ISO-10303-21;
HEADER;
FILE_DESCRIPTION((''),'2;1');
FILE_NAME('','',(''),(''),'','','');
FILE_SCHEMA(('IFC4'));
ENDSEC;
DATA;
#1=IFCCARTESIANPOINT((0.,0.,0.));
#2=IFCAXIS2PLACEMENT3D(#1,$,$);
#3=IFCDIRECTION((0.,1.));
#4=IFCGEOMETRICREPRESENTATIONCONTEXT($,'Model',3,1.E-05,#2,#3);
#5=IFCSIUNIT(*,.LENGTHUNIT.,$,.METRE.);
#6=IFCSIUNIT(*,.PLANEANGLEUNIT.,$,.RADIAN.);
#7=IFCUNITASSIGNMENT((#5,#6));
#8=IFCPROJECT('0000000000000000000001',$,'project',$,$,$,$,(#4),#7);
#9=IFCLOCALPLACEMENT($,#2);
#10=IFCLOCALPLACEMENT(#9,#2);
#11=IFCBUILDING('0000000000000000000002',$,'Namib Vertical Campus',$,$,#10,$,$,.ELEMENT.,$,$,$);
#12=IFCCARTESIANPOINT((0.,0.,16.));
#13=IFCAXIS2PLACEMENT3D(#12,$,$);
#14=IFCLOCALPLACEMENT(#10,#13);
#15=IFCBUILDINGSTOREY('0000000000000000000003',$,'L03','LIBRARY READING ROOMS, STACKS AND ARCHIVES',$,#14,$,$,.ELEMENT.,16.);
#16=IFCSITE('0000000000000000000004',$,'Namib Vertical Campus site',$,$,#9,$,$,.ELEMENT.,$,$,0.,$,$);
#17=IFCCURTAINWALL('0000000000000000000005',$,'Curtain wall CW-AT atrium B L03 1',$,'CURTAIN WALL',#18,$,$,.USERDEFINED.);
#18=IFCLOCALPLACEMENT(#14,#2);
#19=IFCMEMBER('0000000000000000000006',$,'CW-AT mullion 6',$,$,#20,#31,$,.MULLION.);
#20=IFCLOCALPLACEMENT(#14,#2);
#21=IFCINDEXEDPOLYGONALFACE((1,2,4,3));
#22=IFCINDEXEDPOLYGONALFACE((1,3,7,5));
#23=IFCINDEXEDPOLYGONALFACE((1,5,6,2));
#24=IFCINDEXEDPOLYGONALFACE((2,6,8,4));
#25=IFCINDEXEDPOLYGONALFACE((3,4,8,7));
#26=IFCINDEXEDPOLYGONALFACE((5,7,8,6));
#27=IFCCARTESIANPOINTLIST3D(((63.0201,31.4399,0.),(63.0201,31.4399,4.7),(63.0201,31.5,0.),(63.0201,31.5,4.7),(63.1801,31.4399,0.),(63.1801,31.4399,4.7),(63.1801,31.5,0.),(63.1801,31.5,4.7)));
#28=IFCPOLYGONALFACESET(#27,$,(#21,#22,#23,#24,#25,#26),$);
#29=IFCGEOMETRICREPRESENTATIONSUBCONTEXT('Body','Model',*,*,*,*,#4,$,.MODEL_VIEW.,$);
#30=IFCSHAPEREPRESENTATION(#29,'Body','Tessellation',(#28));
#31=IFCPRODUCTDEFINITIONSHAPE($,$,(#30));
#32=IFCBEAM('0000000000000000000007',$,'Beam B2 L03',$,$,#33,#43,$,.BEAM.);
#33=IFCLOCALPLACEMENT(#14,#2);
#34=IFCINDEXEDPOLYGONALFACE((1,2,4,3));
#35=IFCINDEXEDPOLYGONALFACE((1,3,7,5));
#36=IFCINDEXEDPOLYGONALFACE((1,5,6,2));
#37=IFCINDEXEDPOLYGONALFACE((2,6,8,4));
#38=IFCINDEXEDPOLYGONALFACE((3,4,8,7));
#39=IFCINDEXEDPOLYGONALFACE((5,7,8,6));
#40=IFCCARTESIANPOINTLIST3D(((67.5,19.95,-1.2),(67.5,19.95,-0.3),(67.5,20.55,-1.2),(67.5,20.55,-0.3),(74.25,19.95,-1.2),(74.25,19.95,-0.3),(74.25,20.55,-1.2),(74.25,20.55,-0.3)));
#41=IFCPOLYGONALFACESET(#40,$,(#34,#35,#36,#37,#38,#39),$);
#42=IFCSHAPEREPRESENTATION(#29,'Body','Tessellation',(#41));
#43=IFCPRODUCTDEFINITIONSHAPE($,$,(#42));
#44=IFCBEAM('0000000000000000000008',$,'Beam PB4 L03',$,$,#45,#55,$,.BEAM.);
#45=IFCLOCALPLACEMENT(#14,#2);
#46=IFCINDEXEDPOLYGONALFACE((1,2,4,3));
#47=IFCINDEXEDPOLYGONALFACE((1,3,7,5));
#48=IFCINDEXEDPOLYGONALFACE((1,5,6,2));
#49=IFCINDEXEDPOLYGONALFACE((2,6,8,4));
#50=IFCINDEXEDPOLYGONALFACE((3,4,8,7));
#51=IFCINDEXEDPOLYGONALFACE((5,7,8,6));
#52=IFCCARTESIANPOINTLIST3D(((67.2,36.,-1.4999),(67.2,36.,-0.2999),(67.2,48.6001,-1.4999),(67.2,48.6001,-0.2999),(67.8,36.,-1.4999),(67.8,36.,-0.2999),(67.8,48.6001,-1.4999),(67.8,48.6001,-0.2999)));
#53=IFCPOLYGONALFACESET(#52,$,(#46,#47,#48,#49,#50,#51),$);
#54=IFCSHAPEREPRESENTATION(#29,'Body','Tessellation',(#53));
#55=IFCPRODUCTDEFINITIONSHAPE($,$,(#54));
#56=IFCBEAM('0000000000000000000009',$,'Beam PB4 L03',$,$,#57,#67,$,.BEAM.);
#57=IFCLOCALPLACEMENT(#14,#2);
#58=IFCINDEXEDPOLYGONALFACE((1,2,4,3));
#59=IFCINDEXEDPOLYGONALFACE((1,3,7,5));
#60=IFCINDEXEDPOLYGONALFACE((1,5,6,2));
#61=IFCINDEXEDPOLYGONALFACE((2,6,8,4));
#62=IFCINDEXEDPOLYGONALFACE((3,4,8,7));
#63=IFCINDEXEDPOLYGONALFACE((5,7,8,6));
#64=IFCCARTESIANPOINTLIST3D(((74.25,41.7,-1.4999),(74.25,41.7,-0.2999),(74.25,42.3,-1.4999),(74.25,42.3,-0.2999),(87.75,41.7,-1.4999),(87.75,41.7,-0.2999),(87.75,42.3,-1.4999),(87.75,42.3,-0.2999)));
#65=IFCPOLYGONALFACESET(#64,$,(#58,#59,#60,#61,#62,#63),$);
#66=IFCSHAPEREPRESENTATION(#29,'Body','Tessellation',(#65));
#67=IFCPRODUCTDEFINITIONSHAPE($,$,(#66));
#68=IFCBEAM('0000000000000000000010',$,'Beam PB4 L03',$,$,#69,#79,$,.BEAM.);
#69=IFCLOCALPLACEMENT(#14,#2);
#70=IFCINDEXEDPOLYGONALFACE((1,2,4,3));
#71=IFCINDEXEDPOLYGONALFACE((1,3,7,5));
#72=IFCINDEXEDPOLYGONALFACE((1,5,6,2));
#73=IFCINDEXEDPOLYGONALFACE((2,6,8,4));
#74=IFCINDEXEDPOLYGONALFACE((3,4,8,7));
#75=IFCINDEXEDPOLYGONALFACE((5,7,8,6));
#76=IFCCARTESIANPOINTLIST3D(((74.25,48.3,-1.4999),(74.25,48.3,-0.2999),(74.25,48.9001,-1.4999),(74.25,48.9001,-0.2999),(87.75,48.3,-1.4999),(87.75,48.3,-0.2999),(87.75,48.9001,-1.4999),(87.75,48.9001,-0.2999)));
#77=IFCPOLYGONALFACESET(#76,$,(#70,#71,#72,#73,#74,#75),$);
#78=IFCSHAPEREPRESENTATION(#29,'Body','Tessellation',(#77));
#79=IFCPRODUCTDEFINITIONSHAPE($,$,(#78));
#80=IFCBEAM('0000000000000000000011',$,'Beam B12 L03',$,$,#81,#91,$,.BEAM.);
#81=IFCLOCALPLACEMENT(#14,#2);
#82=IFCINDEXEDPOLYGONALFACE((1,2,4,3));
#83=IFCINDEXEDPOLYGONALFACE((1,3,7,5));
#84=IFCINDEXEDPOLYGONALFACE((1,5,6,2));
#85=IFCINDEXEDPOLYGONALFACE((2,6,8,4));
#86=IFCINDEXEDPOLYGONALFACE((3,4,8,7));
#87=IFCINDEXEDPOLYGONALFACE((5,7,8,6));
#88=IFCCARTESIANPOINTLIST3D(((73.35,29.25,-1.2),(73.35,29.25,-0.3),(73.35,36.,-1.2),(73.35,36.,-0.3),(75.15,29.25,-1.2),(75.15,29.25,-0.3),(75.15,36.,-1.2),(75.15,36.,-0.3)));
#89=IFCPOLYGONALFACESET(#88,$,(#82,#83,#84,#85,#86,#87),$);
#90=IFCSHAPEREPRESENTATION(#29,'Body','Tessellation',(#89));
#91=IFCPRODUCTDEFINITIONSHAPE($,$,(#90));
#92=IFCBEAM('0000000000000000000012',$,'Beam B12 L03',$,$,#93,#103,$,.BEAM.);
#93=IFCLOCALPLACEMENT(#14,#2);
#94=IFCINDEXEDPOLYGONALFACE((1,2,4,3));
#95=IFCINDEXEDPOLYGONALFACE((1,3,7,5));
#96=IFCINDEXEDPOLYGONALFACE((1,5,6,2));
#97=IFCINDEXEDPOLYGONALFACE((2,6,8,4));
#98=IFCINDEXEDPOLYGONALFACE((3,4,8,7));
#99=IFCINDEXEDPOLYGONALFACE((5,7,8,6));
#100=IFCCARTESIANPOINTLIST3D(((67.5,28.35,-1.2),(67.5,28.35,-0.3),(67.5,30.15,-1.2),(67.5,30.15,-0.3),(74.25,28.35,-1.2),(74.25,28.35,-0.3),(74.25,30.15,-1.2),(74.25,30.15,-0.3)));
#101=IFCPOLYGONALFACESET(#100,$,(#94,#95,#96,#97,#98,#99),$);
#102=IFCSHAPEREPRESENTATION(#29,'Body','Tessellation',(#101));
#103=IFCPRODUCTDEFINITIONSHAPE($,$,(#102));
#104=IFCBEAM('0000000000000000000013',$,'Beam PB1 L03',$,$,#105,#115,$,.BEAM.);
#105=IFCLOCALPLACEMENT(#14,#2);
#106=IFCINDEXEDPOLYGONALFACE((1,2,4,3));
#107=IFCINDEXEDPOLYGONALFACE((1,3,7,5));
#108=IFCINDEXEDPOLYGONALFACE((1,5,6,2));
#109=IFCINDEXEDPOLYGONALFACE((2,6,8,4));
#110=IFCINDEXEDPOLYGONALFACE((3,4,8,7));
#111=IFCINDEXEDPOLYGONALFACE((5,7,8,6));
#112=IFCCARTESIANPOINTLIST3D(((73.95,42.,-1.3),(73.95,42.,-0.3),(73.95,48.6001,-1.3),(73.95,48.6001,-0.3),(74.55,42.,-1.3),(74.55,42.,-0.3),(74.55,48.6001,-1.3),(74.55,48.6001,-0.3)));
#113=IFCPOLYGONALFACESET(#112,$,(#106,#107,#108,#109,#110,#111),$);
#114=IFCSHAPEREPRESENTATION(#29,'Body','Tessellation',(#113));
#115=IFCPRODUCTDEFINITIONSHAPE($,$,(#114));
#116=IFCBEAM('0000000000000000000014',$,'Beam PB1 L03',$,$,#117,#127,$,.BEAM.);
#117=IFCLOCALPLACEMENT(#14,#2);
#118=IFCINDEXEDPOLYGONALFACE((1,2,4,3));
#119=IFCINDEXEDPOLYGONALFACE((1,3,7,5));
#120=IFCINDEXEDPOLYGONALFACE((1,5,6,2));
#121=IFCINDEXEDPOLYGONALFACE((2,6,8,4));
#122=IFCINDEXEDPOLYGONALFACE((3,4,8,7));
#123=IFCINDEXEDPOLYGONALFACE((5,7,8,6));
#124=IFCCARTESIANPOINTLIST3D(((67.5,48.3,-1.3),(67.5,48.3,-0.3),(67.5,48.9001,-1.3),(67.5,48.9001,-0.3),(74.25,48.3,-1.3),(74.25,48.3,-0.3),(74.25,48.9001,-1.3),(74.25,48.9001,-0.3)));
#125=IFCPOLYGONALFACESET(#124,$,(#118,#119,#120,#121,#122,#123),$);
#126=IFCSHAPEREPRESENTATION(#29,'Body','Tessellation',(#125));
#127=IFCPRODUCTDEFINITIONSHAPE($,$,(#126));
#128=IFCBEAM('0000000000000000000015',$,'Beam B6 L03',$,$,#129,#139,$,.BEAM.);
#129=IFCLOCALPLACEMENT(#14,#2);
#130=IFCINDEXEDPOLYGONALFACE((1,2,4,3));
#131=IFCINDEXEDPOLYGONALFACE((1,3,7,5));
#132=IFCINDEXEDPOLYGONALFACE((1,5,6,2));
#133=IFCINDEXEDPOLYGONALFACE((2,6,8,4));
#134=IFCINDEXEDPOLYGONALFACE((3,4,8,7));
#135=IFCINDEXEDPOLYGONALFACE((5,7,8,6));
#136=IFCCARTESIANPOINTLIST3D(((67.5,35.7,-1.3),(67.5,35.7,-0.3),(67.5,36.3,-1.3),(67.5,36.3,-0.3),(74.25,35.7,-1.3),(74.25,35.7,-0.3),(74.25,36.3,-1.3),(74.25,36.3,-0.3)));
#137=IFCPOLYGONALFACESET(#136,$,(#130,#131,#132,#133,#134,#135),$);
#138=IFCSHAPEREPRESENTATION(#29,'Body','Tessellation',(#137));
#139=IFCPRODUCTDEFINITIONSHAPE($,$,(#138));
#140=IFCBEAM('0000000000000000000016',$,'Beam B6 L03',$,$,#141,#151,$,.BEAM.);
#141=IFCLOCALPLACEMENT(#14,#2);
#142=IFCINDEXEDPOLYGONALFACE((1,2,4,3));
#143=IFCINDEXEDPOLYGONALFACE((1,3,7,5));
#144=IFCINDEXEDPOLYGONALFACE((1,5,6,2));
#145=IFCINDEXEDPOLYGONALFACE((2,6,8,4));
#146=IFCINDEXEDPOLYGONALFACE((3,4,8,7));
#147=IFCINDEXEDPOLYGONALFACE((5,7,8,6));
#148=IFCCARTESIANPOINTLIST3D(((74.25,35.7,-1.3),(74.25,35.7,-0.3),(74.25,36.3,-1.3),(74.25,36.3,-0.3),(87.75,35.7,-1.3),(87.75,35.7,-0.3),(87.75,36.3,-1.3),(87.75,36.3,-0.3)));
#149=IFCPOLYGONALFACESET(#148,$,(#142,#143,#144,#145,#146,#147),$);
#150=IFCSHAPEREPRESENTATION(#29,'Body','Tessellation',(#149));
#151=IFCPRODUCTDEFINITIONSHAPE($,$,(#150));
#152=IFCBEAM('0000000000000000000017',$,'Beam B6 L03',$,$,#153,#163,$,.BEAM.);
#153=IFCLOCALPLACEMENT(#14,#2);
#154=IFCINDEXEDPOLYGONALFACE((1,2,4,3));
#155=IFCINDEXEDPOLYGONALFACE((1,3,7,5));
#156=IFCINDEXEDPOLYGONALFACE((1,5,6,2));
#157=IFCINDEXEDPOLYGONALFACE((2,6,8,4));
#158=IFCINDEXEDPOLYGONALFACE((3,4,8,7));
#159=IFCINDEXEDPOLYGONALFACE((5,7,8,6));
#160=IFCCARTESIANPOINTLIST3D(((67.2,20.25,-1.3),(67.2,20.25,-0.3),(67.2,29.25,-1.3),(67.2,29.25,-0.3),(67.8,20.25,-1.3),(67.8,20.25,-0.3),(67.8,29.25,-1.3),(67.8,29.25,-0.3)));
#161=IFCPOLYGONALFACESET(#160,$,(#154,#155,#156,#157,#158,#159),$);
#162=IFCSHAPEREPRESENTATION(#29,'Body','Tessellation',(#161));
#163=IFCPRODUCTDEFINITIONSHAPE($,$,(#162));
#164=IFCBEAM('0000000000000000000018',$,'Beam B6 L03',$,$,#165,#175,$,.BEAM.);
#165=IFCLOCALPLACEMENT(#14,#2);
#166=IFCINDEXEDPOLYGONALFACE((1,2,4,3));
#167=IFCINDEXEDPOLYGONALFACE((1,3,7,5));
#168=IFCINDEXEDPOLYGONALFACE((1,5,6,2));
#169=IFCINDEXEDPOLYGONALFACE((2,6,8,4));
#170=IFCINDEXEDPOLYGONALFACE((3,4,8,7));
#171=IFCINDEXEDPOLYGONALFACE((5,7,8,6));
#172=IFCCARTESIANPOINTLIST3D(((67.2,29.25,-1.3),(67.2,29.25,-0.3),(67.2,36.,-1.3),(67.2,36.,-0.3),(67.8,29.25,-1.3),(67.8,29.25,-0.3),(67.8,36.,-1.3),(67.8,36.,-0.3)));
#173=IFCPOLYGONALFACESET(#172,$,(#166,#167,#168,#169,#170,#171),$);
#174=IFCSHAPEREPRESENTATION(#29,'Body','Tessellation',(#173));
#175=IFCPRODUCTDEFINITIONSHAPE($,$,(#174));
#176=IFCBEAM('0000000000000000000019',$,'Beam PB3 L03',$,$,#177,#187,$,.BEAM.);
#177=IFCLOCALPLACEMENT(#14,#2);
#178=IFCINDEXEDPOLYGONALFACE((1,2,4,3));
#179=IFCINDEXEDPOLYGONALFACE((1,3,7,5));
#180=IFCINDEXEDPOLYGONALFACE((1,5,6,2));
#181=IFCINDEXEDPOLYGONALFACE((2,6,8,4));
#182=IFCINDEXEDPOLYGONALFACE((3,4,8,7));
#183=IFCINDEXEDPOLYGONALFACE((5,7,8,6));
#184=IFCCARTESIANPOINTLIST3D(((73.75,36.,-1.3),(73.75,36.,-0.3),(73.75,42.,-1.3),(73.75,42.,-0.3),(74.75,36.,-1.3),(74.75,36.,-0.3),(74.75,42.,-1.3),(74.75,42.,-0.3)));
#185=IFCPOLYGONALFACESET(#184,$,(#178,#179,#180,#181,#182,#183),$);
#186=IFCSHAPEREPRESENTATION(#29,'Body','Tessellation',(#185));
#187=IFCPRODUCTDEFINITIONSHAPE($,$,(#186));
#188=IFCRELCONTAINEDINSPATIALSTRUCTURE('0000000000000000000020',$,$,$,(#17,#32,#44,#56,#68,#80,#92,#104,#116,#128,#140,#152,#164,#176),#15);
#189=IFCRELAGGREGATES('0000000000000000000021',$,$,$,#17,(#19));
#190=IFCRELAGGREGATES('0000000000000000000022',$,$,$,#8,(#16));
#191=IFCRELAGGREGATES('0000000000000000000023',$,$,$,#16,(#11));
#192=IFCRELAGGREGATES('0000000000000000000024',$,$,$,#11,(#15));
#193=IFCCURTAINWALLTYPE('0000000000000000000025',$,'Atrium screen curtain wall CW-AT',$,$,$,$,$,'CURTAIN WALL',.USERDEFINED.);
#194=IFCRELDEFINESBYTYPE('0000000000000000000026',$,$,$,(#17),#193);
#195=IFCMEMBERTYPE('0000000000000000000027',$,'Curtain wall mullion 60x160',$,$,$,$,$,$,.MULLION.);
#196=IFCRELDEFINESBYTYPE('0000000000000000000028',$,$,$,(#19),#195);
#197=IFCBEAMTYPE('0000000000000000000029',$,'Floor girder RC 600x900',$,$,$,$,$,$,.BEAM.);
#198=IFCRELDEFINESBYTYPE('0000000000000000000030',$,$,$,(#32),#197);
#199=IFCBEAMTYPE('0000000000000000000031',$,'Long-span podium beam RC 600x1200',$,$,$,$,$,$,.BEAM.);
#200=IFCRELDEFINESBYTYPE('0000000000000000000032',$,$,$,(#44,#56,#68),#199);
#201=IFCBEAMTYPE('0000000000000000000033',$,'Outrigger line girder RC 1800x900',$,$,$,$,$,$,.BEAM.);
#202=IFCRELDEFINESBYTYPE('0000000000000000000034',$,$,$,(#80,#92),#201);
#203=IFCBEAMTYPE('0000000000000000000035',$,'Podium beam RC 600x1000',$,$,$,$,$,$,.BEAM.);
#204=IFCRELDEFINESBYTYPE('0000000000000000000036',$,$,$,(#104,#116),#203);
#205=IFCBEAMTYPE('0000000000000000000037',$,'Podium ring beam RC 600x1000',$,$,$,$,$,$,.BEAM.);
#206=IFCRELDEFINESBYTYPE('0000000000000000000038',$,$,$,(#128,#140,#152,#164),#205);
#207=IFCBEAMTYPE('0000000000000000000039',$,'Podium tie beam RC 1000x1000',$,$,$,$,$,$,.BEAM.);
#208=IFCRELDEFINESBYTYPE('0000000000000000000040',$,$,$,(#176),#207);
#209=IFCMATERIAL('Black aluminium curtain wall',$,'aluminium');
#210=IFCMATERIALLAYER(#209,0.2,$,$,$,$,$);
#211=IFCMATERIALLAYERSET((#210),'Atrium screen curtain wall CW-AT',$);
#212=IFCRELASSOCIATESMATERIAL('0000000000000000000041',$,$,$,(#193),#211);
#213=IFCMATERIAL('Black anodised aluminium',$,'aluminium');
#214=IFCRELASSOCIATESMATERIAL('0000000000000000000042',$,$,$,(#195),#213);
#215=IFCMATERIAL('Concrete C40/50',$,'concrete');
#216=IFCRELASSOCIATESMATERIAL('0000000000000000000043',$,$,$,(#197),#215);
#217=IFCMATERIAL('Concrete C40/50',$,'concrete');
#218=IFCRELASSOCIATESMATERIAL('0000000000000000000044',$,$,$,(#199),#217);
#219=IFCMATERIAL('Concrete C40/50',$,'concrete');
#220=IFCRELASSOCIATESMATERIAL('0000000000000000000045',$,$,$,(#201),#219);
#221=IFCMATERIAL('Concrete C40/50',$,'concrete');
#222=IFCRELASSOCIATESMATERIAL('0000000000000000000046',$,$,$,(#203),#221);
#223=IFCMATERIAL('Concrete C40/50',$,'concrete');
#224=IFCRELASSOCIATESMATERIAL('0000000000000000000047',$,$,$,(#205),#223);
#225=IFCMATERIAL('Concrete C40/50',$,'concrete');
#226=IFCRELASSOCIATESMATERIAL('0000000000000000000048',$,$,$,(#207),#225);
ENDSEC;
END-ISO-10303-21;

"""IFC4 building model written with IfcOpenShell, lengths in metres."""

from ifc_helpers import new_model, si_unit, direction, frame, origin, origin_2d, place, context, subcontext, project, spatial, rectangle, extrude, material, layer, layer_set, material_profile, profile_set, type_object, element, aggregate, save


model = new_model("IFC4")

# Units and contexts
model_context = context("Model", 3, precision=1e-05, world=origin(), true_north=direction((0.0, 1.0)))
body_context = subcontext(model_context, "Body", "Model", "MODEL_VIEW")
ifc_project = project(units=[si_unit("LENGTHUNIT", "METRE"), si_unit("PLANEANGLEUNIT", "RADIAN")], contexts=[model_context])

# Site, building, storey
site_placement = place(None, origin())
site = spatial("IfcSite", under=ifc_project, at=site_placement, Name="Namib Vertical Campus site", CompositionType="ELEMENT", RefElevation=0.0)
building_placement = place(site_placement, origin())
building = spatial("IfcBuilding", under=site, at=building_placement, Name="Namib Vertical Campus", CompositionType="ELEMENT")
storey_placement = place(building_placement, frame((0.0, 0.0, 16.0)))
storey = spatial("IfcBuildingStorey", under=building, at=storey_placement, Name="L03", Description="LIBRARY READING ROOMS, STACKS AND ARCHIVES", CompositionType="ELEMENT", Elevation=16.0)

# Curtain wall, member
ifc_material_1 = material(Name="Black aluminium curtain wall", Category="aluminium")
ifc_layer_1 = layer(ifc_material_1, 0.2)
ifc_layer_set_1 = layer_set([ifc_layer_1], Name="Atrium screen curtain wall CW-AT")
curtain_wall_type = type_object("IfcCurtainWallType", Name="Atrium screen curtain wall CW-AT", ElementType="CURTAIN WALL", PredefinedType="USERDEFINED", material=ifc_layer_set_1)
curtain_wall_placement = place(storey_placement, origin())
curtain_wall = element("IfcCurtainWall", 1, at=curtain_wall_placement, inside=storey, type_object=curtain_wall_type, Name="Curtain wall CW-AT atrium B L03 1", ObjectType="CURTAIN WALL", PredefinedType="USERDEFINED")
ifc_material_2 = material(Name="Black anodised aluminium", Category="aluminium")
ifc_material_profile_1 = material_profile(ifc_material_2, rectangle(XDim=0.0601, YDim=0.1599, at=origin_2d()))
ifc_profile_set_1 = profile_set([ifc_material_profile_1], Name="Black anodised aluminium")
member_type = type_object("IfcMemberType", Name="Curtain wall mullion 60x160", PredefinedType="MULLION", material=ifc_profile_set_1)
member_placement = place(storey_placement, frame((63.1001, 31.47, 0.0), z_axis=(0.0, 0.0, 1.0), x_axis=(0.0, 1.0, 0.0)))
member = element("IfcMember", 2, at=member_placement, type_object=member_type, Name="CW-AT mullion 6", PredefinedType="MULLION", context=body_context, shape_type="SweptSolid", body=[
    extrude(rectangle(XDim=0.0601, YDim=0.1599, at=origin_2d()), origin(), (0.0, 0.0, 1.0), 4.7),
])

# Beams
ifc_material_3 = material(Name="Concrete C40/50", Category="concrete")
ifc_material_profile_2 = material_profile(ifc_material_3, rectangle(XDim=0.6001, YDim=0.8999, at=origin_2d()))
ifc_profile_set_2 = profile_set([ifc_material_profile_2], Name="Concrete C40/50")
beam_type_1 = type_object("IfcBeamType", Name="Floor girder RC 600x900", PredefinedType="BEAM", material=ifc_profile_set_2)
beam_1_placement = place(storey_placement, frame((67.5, 20.25, -0.75), z_axis=(1.0, 0.0, 0.0), x_axis=(0.0, 1.0, 0.0)))
element("IfcBeam", 3, at=beam_1_placement, inside=storey, type_object=beam_type_1, Name="Beam B2 L03", PredefinedType="BEAM", context=body_context, shape_type="SweptSolid", body=[
    extrude(rectangle(XDim=0.6001, YDim=0.8999, at=origin_2d()), origin(), (0.0, 0.0, 1.0), 6.75),
])
ifc_material_4 = material(Name="Concrete C40/50", Category="concrete")
ifc_material_profile_3 = material_profile(ifc_material_4, rectangle(XDim=0.6001, YDim=1.2, at=origin_2d()))
ifc_profile_set_3 = profile_set([ifc_material_profile_3], Name="Concrete C40/50")
beam_type_2 = type_object("IfcBeamType", Name="Long-span podium beam RC 600x1200", PredefinedType="BEAM", material=ifc_profile_set_3)
beam_2_placement = place(storey_placement, frame((67.5, 36.0, -0.8999), z_axis=(0.0, 1.0, 0.0), x_axis=(-1.0, 0.0, 0.0)))
element("IfcBeam", 4, at=beam_2_placement, inside=storey, type_object=beam_type_2, Name="Beam PB4 L03", PredefinedType="BEAM", context=body_context, shape_type="SweptSolid", body=[
    extrude(rectangle(XDim=0.6001, YDim=1.2, at=origin_2d()), origin(), (0.0, 0.0, 1.0), 12.6001),
])
for number, where, z_axis, x_axis, name in (
    (5, (74.25, 42.0, -0.8999), (1.0, 0.0, 0.0), (0.0, 1.0, 0.0), "Beam PB4 L03"),
    (6, (74.25, 48.6001, -0.8999), (1.0, 0.0, 0.0), (0.0, 1.0, 0.0), "Beam PB4 L03"),
):
    element("IfcBeam", number, at=place(storey_placement, frame(where, z_axis=z_axis, x_axis=x_axis)), inside=storey, type_object=beam_type_2, Name=name, PredefinedType="BEAM", context=body_context, shape_type="SweptSolid", body=[
        extrude(rectangle(XDim=0.6001, YDim=1.2, at=origin_2d()), origin(), (0.0, 0.0, 1.0), 13.5),
    ])
ifc_material_5 = material(Name="Concrete C40/50", Category="concrete")
ifc_material_profile_4 = material_profile(ifc_material_5, rectangle(XDim=1.8, YDim=0.8999, at=origin_2d()))
ifc_profile_set_4 = profile_set([ifc_material_profile_4], Name="Concrete C40/50")
beam_type_3 = type_object("IfcBeamType", Name="Outrigger line girder RC 1800x900", PredefinedType="BEAM", material=ifc_profile_set_4)
for number, where, z_axis, x_axis, name in (
    (7, (74.25, 36.0, -0.75), (0.0, -1.0, 0.0), (1.0, 0.0, 0.0), "Beam B12 L03"),
    (8, (67.5, 29.25, -0.75), (1.0, 0.0, 0.0), (0.0, 1.0, 0.0), "Beam B12 L03"),
):
    element("IfcBeam", number, at=place(storey_placement, frame(where, z_axis=z_axis, x_axis=x_axis)), inside=storey, type_object=beam_type_3, Name=name, PredefinedType="BEAM", context=body_context, shape_type="SweptSolid", body=[
        extrude(rectangle(XDim=1.8, YDim=0.8999, at=origin_2d()), origin(), (0.0, 0.0, 1.0), 6.75),
    ])
ifc_material_6 = material(Name="Concrete C40/50", Category="concrete")
ifc_material_profile_5 = material_profile(ifc_material_6, rectangle(XDim=0.6001, YDim=1.0, at=origin_2d()))
ifc_profile_set_5 = profile_set([ifc_material_profile_5], Name="Concrete C40/50")
beam_type_4 = type_object("IfcBeamType", Name="Podium beam RC 600x1000", PredefinedType="BEAM", material=ifc_profile_set_5)
beam_3_placement = place(storey_placement, frame((74.25, 42.0, -0.8), z_axis=(0.0, 1.0, 0.0), x_axis=(-1.0, 0.0, 0.0)))
element("IfcBeam", 9, at=beam_3_placement, inside=storey, type_object=beam_type_4, Name="Beam PB1 L03", PredefinedType="BEAM", context=body_context, shape_type="SweptSolid", body=[
    extrude(rectangle(XDim=0.6001, YDim=1.0, at=origin_2d()), origin(), (0.0, 0.0, 1.0), 6.6001),
])
beam_4_placement = place(storey_placement, frame((67.5, 48.6001, -0.8), z_axis=(1.0, 0.0, 0.0), x_axis=(0.0, 1.0, 0.0)))
element("IfcBeam", 10, at=beam_4_placement, inside=storey, type_object=beam_type_4, Name="Beam PB1 L03", PredefinedType="BEAM", context=body_context, shape_type="SweptSolid", body=[
    extrude(rectangle(XDim=0.6001, YDim=1.0, at=origin_2d()), origin(), (0.0, 0.0, 1.0), 6.75),
])
ifc_material_7 = material(Name="Concrete C40/50", Category="concrete")
ifc_material_profile_6 = material_profile(ifc_material_7, rectangle(XDim=0.6001, YDim=1.0, at=origin_2d()))
ifc_profile_set_6 = profile_set([ifc_material_profile_6], Name="Concrete C40/50")
beam_type_5 = type_object("IfcBeamType", Name="Podium ring beam RC 600x1000", PredefinedType="BEAM", material=ifc_profile_set_6)
beam_5_placement = place(storey_placement, frame((67.5, 36.0, -0.8), z_axis=(1.0, 0.0, 0.0), x_axis=(0.0, 1.0, 0.0)))
element("IfcBeam", 11, at=beam_5_placement, inside=storey, type_object=beam_type_5, Name="Beam B6 L03", PredefinedType="BEAM", context=body_context, shape_type="SweptSolid", body=[
    extrude(rectangle(XDim=0.6001, YDim=1.0, at=origin_2d()), origin(), (0.0, 0.0, 1.0), 6.75),
])
beam_6_placement = place(storey_placement, frame((74.25, 36.0, -0.8), z_axis=(1.0, 0.0, 0.0), x_axis=(0.0, 1.0, 0.0)))
element("IfcBeam", 12, at=beam_6_placement, inside=storey, type_object=beam_type_5, Name="Beam B6 L03", PredefinedType="BEAM", context=body_context, shape_type="SweptSolid", body=[
    extrude(rectangle(XDim=0.6001, YDim=1.0, at=origin_2d()), origin(), (0.0, 0.0, 1.0), 13.5),
])
beam_7_placement = place(storey_placement, frame((67.5, 20.25, -0.8), z_axis=(0.0, 1.0, 0.0), x_axis=(-1.0, 0.0, 0.0)))
element("IfcBeam", 13, at=beam_7_placement, inside=storey, type_object=beam_type_5, Name="Beam B6 L03", PredefinedType="BEAM", context=body_context, shape_type="SweptSolid", body=[
    extrude(rectangle(XDim=0.6001, YDim=1.0, at=origin_2d()), origin(), (0.0, 0.0, 1.0), 9.0),
])
beam_8_placement = place(storey_placement, frame((67.5, 29.25, -0.8), z_axis=(0.0, 1.0, 0.0), x_axis=(-1.0, 0.0, 0.0)))
element("IfcBeam", 14, at=beam_8_placement, inside=storey, type_object=beam_type_5, Name="Beam B6 L03", PredefinedType="BEAM", context=body_context, shape_type="SweptSolid", body=[
    extrude(rectangle(XDim=0.6001, YDim=1.0, at=origin_2d()), origin(), (0.0, 0.0, 1.0), 6.75),
])
ifc_material_8 = material(Name="Concrete C40/50", Category="concrete")
ifc_material_profile_7 = material_profile(ifc_material_8, rectangle(XDim=1.0, YDim=1.0, at=origin_2d()))
ifc_profile_set_7 = profile_set([ifc_material_profile_7], Name="Concrete C40/50")
beam_type_6 = type_object("IfcBeamType", Name="Podium tie beam RC 1000x1000", PredefinedType="BEAM", material=ifc_profile_set_7)
beam_9_placement = place(storey_placement, frame((74.25, 36.0, -0.8), z_axis=(0.0, 1.0, 0.0), x_axis=(-1.0, 0.0, 0.0)))
element("IfcBeam", 15, at=beam_9_placement, inside=storey, type_object=beam_type_6, Name="Beam PB3 L03", PredefinedType="BEAM", context=body_context, shape_type="SweptSolid", body=[
    extrude(rectangle(XDim=1.0, YDim=1.0, at=origin_2d()), origin(), (0.0, 0.0, 1.0), 6.0),
])

aggregate(curtain_wall, [member])

save(model, "model.ifc")
